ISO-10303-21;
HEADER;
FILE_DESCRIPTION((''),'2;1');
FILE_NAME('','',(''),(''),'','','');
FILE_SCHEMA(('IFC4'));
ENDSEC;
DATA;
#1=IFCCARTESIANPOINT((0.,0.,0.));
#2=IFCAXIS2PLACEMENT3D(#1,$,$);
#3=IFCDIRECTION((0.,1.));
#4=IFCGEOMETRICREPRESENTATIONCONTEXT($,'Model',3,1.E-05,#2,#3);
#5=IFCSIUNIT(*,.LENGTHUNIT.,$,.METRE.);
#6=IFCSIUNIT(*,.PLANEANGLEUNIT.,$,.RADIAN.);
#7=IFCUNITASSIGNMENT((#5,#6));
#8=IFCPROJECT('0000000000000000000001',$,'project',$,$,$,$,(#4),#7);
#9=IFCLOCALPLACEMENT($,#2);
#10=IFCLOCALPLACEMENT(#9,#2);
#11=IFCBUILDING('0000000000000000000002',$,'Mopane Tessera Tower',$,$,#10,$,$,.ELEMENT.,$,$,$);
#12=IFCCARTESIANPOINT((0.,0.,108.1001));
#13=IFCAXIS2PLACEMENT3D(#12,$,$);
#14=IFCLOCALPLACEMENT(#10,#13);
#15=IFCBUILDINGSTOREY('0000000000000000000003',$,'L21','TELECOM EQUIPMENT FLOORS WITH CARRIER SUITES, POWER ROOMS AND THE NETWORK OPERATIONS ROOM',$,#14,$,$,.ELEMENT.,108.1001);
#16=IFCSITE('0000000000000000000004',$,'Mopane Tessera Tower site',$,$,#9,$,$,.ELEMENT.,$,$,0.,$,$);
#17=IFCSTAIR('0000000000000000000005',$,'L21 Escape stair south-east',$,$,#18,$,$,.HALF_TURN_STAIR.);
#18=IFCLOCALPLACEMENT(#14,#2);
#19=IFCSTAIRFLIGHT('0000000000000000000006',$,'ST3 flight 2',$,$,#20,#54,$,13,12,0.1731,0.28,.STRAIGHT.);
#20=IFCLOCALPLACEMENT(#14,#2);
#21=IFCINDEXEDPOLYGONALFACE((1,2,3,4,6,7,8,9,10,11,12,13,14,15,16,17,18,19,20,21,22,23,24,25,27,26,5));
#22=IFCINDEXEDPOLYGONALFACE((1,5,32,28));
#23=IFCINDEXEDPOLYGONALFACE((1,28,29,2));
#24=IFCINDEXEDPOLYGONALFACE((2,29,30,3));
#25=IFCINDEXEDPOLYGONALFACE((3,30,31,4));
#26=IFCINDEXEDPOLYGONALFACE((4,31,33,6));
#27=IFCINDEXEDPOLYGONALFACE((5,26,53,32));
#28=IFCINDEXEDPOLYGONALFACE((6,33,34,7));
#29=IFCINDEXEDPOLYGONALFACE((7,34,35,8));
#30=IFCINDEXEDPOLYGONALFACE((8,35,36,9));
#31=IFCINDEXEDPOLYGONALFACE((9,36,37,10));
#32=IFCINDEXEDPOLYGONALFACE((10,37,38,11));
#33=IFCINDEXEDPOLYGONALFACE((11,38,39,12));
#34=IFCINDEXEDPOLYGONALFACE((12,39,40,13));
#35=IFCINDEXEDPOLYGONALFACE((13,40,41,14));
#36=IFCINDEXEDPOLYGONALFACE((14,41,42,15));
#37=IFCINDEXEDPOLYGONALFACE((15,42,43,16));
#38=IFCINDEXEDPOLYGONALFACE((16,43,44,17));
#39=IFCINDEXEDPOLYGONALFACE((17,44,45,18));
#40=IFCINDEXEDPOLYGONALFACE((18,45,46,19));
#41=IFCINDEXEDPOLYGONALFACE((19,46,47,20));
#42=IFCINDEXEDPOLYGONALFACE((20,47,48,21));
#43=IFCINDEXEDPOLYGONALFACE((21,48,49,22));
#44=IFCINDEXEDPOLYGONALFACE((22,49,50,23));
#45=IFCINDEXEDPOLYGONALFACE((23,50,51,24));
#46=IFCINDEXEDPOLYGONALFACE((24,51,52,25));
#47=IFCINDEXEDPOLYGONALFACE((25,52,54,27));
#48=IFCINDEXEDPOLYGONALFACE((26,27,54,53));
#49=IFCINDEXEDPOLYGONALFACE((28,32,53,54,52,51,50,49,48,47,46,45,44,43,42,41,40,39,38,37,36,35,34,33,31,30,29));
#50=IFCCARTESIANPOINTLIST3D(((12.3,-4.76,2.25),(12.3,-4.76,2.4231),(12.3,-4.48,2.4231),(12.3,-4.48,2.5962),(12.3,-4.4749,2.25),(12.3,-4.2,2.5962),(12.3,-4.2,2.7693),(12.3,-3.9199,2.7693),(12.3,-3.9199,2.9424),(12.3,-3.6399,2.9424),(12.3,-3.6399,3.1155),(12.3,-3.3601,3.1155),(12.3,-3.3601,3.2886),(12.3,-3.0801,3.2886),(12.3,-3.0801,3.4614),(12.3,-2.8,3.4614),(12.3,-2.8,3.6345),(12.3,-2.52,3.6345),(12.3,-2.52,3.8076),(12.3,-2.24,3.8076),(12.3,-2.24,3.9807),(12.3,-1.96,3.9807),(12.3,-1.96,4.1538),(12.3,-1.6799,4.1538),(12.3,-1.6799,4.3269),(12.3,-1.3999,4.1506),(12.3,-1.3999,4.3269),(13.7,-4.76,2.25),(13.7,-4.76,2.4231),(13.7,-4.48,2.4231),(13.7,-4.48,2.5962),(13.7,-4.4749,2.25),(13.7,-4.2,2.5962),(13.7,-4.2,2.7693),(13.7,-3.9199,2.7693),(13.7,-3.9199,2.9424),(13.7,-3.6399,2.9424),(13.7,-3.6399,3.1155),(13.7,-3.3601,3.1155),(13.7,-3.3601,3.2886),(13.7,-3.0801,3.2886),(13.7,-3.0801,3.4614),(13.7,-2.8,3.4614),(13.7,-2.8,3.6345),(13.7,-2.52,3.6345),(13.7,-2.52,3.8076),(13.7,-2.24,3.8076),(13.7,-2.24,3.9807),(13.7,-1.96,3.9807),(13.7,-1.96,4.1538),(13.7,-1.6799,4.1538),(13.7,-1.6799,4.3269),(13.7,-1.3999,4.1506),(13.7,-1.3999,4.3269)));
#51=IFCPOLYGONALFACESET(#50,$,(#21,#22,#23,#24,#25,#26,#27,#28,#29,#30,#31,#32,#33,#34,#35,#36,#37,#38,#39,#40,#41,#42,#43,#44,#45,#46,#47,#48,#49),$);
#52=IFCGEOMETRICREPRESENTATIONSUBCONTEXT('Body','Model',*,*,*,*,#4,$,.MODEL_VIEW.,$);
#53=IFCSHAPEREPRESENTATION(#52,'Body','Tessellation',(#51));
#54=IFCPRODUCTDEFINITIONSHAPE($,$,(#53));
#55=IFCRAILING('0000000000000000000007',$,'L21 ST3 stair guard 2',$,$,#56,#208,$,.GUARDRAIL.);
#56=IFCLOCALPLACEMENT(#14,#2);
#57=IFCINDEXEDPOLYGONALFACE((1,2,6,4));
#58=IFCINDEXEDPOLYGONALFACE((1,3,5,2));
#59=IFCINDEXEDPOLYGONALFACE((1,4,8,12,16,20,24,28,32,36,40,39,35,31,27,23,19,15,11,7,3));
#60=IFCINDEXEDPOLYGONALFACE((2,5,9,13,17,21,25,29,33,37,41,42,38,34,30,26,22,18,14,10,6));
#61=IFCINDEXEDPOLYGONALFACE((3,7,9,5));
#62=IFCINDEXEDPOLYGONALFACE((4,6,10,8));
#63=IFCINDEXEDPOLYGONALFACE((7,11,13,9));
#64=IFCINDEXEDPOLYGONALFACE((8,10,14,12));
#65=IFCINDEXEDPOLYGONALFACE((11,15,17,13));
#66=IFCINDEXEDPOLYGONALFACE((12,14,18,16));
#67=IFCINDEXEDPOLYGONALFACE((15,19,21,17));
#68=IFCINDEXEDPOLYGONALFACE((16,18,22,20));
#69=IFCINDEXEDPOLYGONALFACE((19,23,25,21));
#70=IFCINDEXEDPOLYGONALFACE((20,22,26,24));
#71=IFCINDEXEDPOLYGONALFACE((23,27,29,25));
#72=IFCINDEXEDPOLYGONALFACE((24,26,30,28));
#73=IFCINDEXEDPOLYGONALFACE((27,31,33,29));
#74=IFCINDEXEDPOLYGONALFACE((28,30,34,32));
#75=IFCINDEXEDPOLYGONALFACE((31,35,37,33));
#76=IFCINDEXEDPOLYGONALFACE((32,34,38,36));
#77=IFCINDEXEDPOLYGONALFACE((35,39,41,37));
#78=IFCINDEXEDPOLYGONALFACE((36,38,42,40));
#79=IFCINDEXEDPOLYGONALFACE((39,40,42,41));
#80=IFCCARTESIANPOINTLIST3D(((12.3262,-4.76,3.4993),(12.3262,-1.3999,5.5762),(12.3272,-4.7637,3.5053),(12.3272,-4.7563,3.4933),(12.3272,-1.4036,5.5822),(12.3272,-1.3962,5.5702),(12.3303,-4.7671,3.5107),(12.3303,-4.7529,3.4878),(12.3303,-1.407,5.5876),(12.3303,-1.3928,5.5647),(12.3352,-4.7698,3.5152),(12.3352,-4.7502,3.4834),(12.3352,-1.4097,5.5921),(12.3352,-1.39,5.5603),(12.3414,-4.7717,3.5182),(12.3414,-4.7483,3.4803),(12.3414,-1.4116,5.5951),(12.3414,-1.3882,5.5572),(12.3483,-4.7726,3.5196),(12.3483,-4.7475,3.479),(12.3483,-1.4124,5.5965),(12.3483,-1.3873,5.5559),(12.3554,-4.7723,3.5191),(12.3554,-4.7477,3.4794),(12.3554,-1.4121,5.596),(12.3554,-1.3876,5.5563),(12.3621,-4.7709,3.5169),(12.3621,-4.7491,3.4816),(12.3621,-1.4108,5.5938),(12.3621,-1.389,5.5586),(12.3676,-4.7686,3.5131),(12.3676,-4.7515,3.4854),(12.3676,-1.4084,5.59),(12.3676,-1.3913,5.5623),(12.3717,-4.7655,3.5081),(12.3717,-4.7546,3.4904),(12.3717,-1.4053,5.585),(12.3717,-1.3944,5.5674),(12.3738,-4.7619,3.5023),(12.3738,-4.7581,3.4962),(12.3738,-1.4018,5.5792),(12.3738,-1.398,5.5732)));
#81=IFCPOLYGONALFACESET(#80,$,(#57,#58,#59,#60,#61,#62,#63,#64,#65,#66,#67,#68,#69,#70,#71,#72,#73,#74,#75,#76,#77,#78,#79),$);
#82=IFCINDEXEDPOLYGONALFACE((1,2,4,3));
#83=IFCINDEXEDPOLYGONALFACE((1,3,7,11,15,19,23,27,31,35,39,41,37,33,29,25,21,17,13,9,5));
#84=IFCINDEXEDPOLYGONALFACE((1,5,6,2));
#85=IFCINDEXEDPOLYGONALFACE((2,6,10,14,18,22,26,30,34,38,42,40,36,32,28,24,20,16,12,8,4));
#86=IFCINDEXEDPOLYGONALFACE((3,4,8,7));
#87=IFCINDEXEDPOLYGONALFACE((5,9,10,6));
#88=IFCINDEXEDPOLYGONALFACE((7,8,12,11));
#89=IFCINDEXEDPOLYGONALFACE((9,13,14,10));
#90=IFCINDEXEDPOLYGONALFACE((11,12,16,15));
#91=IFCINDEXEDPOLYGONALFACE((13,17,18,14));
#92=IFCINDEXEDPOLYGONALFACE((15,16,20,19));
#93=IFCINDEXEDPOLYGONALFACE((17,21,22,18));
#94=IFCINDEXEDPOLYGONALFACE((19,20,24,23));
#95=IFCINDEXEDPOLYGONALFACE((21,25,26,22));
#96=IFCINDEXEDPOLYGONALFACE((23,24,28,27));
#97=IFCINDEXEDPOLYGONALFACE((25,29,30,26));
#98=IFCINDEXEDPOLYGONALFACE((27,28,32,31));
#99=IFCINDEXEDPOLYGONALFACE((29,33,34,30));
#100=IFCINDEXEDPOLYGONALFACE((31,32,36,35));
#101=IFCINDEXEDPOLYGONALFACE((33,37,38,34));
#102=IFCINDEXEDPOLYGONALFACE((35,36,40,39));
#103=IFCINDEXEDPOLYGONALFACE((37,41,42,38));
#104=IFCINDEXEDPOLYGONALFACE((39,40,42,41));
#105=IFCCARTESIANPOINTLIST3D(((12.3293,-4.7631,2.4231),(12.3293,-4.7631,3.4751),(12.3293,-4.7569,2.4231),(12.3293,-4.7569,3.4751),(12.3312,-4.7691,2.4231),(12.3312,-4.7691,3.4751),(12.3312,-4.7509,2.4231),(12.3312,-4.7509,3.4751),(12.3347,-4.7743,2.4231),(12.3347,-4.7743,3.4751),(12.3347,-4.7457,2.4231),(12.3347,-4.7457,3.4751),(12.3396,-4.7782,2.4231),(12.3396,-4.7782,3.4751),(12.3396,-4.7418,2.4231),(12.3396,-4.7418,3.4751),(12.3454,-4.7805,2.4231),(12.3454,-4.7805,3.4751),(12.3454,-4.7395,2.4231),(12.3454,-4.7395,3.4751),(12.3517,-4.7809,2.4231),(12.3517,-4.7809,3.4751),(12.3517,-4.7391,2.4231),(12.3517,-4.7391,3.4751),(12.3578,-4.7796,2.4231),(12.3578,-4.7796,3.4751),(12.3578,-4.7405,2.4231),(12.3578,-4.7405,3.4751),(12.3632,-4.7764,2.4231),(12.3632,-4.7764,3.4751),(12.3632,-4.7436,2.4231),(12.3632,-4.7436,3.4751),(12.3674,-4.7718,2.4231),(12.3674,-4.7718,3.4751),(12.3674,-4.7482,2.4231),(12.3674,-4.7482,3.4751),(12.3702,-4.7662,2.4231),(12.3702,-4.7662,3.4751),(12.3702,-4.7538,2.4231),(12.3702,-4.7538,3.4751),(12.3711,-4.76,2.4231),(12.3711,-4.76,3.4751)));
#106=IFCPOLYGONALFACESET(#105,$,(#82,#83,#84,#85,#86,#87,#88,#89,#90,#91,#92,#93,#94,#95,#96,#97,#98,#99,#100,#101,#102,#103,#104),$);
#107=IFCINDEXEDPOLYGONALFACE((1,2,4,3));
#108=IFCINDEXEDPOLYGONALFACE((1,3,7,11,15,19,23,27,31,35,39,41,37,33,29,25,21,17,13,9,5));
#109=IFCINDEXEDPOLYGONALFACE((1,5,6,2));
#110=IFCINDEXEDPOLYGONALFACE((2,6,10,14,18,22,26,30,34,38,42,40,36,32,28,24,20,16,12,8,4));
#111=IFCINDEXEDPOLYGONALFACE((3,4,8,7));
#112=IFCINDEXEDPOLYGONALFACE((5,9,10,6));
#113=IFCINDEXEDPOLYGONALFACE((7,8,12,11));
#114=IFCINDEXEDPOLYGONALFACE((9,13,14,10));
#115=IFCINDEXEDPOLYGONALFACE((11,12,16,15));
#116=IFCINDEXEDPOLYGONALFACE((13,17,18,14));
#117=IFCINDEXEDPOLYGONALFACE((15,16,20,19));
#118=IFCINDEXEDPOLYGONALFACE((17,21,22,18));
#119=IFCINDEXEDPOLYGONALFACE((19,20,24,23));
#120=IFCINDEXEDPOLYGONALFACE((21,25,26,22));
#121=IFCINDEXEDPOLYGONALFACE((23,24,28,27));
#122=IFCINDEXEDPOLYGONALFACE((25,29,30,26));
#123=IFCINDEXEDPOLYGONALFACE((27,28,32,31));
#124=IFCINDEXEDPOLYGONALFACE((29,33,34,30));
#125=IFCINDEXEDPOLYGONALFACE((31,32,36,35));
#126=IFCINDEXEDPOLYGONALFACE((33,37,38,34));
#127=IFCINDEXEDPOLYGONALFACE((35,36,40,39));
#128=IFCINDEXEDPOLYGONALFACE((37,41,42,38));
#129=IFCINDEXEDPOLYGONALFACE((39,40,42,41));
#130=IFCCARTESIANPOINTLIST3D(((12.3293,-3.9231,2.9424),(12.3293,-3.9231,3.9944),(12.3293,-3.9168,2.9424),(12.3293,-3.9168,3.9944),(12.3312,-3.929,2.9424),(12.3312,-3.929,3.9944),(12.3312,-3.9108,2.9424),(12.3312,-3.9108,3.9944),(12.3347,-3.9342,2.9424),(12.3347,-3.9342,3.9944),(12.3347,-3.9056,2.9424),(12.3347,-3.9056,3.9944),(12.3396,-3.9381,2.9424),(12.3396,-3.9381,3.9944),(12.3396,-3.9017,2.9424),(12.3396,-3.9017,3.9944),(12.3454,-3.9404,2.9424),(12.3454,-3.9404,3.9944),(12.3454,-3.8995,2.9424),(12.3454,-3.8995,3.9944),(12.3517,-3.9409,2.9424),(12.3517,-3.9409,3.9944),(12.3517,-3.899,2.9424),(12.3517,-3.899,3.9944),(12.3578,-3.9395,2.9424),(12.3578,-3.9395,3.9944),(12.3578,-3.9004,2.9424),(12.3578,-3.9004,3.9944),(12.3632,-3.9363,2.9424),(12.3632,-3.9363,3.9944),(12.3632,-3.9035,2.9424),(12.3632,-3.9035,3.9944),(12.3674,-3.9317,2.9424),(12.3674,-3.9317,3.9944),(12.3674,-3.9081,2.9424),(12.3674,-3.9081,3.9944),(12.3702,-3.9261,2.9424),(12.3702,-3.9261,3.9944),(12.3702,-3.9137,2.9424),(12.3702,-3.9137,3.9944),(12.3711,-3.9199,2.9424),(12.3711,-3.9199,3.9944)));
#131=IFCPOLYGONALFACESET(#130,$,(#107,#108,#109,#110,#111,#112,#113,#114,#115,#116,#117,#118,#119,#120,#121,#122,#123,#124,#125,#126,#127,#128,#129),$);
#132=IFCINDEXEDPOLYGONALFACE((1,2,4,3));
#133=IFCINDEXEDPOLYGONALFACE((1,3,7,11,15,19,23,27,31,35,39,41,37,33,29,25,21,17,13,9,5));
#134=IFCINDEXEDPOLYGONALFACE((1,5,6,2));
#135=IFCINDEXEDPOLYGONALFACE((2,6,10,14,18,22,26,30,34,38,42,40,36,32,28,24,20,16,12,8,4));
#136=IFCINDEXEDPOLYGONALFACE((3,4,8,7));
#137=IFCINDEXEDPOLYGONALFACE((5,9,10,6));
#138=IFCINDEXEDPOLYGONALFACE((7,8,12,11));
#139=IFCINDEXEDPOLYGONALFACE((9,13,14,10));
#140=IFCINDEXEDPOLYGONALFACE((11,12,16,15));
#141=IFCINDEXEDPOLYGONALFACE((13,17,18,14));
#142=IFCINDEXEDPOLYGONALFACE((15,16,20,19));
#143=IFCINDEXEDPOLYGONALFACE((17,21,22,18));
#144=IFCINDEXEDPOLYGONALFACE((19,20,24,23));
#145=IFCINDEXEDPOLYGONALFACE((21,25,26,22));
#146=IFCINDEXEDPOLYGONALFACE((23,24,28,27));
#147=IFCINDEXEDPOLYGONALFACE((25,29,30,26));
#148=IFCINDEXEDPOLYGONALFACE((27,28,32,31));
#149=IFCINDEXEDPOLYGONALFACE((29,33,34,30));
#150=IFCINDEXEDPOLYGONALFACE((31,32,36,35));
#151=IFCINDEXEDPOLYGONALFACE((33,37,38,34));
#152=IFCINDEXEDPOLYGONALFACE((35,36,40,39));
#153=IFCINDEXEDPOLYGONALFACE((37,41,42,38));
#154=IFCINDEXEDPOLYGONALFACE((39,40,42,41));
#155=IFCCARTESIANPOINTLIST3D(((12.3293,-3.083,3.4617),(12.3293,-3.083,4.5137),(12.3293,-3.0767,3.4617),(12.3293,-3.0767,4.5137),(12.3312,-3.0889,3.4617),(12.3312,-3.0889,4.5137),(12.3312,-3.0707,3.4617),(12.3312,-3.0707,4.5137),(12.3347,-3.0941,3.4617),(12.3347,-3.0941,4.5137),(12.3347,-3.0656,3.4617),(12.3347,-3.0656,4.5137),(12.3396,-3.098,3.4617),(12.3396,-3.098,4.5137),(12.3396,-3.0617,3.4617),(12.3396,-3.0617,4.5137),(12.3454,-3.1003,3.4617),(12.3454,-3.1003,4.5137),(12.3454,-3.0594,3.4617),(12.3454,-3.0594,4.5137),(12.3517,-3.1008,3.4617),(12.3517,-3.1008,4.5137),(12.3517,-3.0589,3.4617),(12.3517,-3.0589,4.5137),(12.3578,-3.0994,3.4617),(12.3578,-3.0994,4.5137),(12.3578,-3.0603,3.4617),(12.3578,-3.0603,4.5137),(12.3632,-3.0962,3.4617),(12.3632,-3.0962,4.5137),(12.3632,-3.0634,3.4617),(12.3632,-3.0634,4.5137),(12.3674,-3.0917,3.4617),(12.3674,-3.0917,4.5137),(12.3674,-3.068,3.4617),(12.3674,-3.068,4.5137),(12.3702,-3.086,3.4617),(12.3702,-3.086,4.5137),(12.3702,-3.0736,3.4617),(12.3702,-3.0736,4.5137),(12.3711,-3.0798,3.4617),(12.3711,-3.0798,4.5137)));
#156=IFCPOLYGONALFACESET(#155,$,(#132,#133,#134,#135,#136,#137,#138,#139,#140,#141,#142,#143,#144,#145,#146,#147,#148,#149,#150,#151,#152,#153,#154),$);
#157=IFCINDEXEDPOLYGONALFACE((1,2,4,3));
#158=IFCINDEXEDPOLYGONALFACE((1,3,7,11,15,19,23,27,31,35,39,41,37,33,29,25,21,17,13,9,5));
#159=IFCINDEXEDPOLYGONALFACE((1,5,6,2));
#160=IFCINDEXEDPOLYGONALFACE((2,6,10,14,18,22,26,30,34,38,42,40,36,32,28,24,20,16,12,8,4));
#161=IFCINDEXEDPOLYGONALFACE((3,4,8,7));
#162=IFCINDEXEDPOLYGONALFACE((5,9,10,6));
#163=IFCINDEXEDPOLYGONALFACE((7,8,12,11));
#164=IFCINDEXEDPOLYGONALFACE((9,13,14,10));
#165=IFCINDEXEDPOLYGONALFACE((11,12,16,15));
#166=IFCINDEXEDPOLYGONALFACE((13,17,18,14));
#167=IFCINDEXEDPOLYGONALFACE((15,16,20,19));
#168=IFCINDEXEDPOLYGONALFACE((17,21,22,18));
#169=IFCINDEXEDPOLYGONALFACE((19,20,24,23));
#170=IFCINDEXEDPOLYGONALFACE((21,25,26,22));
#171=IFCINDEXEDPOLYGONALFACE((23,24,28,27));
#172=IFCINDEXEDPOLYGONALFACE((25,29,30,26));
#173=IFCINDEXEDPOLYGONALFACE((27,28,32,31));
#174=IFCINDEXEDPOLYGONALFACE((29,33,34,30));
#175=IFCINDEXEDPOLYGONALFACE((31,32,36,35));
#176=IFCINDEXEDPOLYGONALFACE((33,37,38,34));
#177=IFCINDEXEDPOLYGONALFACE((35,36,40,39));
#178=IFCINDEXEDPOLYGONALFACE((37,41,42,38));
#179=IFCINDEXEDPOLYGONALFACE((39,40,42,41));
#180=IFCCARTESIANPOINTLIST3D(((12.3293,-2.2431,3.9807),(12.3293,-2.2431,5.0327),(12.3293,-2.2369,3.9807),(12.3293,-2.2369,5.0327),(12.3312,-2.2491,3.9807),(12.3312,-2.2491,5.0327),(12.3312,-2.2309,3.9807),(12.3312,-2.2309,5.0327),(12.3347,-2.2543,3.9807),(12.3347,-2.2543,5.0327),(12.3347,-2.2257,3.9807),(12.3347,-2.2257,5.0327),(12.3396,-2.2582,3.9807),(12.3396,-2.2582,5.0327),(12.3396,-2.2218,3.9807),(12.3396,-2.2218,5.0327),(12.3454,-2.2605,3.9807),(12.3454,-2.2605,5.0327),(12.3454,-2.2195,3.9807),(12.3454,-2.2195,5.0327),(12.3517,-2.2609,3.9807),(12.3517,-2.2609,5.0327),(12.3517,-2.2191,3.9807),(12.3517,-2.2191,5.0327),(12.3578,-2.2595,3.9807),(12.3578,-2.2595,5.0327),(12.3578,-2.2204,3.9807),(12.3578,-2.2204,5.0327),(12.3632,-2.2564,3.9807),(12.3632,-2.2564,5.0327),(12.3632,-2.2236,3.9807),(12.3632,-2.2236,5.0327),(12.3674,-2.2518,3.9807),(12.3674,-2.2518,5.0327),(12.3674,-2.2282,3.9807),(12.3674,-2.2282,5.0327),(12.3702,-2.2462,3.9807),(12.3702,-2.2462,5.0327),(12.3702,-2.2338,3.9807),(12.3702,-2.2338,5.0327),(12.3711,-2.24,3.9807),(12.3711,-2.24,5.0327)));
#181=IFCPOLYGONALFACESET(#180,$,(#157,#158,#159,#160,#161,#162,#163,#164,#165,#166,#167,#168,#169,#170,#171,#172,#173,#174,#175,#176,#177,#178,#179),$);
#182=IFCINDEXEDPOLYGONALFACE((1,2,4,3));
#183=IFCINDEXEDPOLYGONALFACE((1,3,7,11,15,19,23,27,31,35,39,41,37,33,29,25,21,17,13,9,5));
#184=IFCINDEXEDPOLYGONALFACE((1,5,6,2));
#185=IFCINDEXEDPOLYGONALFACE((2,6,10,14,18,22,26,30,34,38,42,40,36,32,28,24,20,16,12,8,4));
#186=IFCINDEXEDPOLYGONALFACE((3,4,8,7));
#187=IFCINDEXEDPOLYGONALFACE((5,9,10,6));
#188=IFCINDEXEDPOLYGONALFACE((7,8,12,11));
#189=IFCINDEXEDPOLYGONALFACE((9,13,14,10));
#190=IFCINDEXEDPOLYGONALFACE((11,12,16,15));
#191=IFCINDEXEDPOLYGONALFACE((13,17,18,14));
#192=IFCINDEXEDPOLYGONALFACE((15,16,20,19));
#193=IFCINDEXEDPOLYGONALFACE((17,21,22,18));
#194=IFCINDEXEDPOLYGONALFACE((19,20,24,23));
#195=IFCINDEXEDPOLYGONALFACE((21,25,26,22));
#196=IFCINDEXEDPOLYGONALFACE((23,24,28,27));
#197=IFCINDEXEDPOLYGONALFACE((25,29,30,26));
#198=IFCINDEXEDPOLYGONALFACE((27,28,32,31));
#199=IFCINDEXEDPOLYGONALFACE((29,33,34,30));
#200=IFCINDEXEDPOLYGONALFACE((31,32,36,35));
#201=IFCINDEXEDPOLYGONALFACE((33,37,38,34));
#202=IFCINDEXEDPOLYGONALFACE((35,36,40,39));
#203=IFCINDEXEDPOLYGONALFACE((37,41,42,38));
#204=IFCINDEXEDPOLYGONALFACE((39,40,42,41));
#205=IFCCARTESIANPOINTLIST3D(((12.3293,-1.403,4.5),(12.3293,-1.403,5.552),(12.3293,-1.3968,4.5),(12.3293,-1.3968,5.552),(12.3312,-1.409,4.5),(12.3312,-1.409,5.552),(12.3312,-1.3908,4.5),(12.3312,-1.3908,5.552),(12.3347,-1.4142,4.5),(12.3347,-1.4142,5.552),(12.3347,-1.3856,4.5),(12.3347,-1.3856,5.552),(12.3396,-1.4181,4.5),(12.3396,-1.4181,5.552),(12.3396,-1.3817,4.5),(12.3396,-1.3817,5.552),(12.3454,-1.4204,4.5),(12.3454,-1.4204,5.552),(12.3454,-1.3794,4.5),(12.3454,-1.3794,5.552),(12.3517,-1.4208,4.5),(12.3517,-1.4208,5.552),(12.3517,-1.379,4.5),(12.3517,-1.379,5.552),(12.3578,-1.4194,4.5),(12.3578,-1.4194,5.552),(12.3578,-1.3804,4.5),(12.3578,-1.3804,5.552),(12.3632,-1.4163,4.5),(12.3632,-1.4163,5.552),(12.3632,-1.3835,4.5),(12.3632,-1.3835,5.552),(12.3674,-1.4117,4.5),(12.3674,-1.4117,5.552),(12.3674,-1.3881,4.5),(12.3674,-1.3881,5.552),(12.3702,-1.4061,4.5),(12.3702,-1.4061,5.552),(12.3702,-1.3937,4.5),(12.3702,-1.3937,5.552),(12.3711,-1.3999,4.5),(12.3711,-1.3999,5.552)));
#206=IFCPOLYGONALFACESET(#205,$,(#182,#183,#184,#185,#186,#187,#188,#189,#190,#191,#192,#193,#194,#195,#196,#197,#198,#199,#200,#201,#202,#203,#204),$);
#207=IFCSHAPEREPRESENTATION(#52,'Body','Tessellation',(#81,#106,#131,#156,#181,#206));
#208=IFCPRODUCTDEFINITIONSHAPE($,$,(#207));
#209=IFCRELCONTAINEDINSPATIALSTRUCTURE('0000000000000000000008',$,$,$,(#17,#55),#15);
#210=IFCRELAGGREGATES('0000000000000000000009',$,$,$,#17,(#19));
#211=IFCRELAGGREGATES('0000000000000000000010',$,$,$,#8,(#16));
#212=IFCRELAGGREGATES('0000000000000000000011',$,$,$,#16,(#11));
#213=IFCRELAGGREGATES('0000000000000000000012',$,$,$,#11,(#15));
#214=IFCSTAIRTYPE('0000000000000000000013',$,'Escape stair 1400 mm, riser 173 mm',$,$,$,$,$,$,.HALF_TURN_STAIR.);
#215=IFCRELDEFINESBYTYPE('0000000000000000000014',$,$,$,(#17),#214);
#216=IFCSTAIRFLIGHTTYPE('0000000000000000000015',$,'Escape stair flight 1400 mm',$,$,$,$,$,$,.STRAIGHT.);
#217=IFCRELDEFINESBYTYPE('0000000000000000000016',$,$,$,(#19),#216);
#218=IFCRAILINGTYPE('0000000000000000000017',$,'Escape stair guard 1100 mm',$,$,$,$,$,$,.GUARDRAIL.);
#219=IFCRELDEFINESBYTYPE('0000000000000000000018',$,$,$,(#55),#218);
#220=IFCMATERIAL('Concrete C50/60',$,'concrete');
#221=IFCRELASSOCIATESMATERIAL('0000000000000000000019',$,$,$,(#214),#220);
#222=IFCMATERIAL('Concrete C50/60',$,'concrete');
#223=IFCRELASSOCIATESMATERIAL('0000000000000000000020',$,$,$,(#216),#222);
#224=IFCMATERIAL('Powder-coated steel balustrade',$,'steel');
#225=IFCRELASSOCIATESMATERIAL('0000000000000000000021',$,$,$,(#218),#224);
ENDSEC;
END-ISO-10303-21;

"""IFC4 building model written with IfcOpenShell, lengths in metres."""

from ifc_helpers import new_model, si_unit, direction, frame, origin, origin_2d, place, context, subcontext, project, spatial, polyline, circle, outline, extrude, material, type_object, element, aggregate, save


model = new_model("IFC4")

# Units and contexts
model_context = context("Model", 3, precision=1e-05, world=origin(), true_north=direction((0.0, 1.0)))
body_context = subcontext(model_context, "Body", "Model", "MODEL_VIEW")
ifc_project = project(units=[si_unit("LENGTHUNIT", "METRE"), si_unit("PLANEANGLEUNIT", "RADIAN")], contexts=[model_context])

# Site, building, storey
site_placement = place(None, origin())
site = spatial("IfcSite", under=ifc_project, at=site_placement, Name="Mopane Tessera Tower site", CompositionType="ELEMENT", RefElevation=0.0)
building_placement = place(site_placement, origin())
building = spatial("IfcBuilding", under=site, at=building_placement, Name="Mopane Tessera Tower", CompositionType="ELEMENT")
storey_placement = place(building_placement, frame((0.0, 0.0, 108.1001)))
storey = spatial("IfcBuildingStorey", under=building, at=storey_placement, Name="L21", Description="TELECOM EQUIPMENT FLOORS WITH CARRIER SUITES, POWER ROOMS AND THE NETWORK OPERATIONS ROOM", CompositionType="ELEMENT", Elevation=108.1001)

# Stair, stair flight
ifc_material_1 = material(Name="Concrete C50/60", Category="concrete")
stair_type = type_object("IfcStairType", Name="Escape stair 1400 mm, riser 173 mm", PredefinedType="HALF_TURN_STAIR", material=ifc_material_1)
stair_placement = place(storey_placement, origin())
stair = element("IfcStair", 1, at=stair_placement, inside=storey, type_object=stair_type, Name="L21 Escape stair south-east", PredefinedType="HALF_TURN_STAIR")
ifc_material_2 = material(Name="Concrete C50/60", Category="concrete")
stair_flight_type = type_object("IfcStairFlightType", Name="Escape stair flight 1400 mm", PredefinedType="STRAIGHT", material=ifc_material_2)
stair_flight_1_placement = place(storey_placement, frame((13.0, -4.76, 2.25), z_axis=(0.0, 0.0, 1.0), x_axis=(0.0, 1.0, 0.0)))
stair_flight_1 = element("IfcStairFlight", 2, at=stair_flight_1_placement, type_object=stair_flight_type, Name="ST3 flight 2", NumberOfRisers=13, NumberOfTreads=12, PredefinedType="STRAIGHT", RiserHeight=0.1731, TreadLength=0.28, context=body_context, shape_type="SweptSolid", body=[
    extrude(outline(polyline([(0.0, 0.0), (0.0, 0.1731), (0.28, 0.1731), (0.28, 0.3462), (0.5601, 0.3462), (0.5601, 0.5193), (0.8401, 0.5193), (0.8401, 0.6924), (1.1201, 0.6924), (1.1201, 0.8655), (1.3999, 0.8655), (1.3999, 1.0386), (1.6799, 1.0386), (1.6799, 1.2114), (1.96, 1.2114), (1.96, 1.3845), (2.24, 1.3845), (2.24, 1.5576), (2.52, 1.5576), (2.52, 1.7307), (2.8, 1.7307), (2.8, 1.9038), (3.0801, 1.9038), (3.0801, 2.0769), (3.3601, 2.0769), (3.3601, 2.25), (3.3601, 1.9006), (0.2852, 0.0), (0.0, 0.0)])), frame((0.0, 0.7, 0.0), z_axis=(0.0, -1.0, 0.0), x_axis=(1.0, 0.0, 0.0)), (0.0, 0.0, 1.0), 1.3999),
])
aggregate(stair, [stair_flight_1])

# Railing
ifc_material_3 = material(Name="Powder-coated steel balustrade", Category="steel")
railing_type_1 = type_object("IfcRailingType", Name="Escape stair guard 1100 mm", PredefinedType="GUARDRAIL", material=ifc_material_3)
railing_1_placement = place(storey_placement, frame((12.3501, -4.76, 2.4231)))
element("IfcRailing", 3, at=railing_1_placement, inside=storey, type_object=railing_type_1, Name="L21 ST3 stair guard 2", PredefinedType="GUARDRAIL", context=body_context, shape_type="SweptSolid", body=[
    extrude(circle(Radius=0.0239, at=origin_2d()), frame((0.0, 0.0, 1.0762), z_axis=(0.0, 0.850623, 0.525776), x_axis=(-1.0, 0.0, 0.0)), (0.0, 0.0, 1.0), 3.9502),
    extrude(circle(Radius=0.021, at=origin_2d()), origin(), (0.0, 0.0, 1.0), 1.052),
    extrude(circle(Radius=0.021, at=origin_2d()), frame((0.0, 0.8401, 0.5193)), (0.0, 0.0, 1.0), 1.052),
    extrude(circle(Radius=0.021, at=origin_2d()), frame((0.0, 1.6802, 1.0386)), (0.0, 0.0, 1.0), 1.052),
    extrude(circle(Radius=0.021, at=origin_2d()), frame((0.0, 2.52, 1.5576)), (0.0, 0.0, 1.0), 1.052),
    extrude(circle(Radius=0.021, at=origin_2d()), frame((0.0, 3.3601, 2.0769)), (0.0, 0.0, 1.0), 1.052),
])

save(model, "model.ifc")
